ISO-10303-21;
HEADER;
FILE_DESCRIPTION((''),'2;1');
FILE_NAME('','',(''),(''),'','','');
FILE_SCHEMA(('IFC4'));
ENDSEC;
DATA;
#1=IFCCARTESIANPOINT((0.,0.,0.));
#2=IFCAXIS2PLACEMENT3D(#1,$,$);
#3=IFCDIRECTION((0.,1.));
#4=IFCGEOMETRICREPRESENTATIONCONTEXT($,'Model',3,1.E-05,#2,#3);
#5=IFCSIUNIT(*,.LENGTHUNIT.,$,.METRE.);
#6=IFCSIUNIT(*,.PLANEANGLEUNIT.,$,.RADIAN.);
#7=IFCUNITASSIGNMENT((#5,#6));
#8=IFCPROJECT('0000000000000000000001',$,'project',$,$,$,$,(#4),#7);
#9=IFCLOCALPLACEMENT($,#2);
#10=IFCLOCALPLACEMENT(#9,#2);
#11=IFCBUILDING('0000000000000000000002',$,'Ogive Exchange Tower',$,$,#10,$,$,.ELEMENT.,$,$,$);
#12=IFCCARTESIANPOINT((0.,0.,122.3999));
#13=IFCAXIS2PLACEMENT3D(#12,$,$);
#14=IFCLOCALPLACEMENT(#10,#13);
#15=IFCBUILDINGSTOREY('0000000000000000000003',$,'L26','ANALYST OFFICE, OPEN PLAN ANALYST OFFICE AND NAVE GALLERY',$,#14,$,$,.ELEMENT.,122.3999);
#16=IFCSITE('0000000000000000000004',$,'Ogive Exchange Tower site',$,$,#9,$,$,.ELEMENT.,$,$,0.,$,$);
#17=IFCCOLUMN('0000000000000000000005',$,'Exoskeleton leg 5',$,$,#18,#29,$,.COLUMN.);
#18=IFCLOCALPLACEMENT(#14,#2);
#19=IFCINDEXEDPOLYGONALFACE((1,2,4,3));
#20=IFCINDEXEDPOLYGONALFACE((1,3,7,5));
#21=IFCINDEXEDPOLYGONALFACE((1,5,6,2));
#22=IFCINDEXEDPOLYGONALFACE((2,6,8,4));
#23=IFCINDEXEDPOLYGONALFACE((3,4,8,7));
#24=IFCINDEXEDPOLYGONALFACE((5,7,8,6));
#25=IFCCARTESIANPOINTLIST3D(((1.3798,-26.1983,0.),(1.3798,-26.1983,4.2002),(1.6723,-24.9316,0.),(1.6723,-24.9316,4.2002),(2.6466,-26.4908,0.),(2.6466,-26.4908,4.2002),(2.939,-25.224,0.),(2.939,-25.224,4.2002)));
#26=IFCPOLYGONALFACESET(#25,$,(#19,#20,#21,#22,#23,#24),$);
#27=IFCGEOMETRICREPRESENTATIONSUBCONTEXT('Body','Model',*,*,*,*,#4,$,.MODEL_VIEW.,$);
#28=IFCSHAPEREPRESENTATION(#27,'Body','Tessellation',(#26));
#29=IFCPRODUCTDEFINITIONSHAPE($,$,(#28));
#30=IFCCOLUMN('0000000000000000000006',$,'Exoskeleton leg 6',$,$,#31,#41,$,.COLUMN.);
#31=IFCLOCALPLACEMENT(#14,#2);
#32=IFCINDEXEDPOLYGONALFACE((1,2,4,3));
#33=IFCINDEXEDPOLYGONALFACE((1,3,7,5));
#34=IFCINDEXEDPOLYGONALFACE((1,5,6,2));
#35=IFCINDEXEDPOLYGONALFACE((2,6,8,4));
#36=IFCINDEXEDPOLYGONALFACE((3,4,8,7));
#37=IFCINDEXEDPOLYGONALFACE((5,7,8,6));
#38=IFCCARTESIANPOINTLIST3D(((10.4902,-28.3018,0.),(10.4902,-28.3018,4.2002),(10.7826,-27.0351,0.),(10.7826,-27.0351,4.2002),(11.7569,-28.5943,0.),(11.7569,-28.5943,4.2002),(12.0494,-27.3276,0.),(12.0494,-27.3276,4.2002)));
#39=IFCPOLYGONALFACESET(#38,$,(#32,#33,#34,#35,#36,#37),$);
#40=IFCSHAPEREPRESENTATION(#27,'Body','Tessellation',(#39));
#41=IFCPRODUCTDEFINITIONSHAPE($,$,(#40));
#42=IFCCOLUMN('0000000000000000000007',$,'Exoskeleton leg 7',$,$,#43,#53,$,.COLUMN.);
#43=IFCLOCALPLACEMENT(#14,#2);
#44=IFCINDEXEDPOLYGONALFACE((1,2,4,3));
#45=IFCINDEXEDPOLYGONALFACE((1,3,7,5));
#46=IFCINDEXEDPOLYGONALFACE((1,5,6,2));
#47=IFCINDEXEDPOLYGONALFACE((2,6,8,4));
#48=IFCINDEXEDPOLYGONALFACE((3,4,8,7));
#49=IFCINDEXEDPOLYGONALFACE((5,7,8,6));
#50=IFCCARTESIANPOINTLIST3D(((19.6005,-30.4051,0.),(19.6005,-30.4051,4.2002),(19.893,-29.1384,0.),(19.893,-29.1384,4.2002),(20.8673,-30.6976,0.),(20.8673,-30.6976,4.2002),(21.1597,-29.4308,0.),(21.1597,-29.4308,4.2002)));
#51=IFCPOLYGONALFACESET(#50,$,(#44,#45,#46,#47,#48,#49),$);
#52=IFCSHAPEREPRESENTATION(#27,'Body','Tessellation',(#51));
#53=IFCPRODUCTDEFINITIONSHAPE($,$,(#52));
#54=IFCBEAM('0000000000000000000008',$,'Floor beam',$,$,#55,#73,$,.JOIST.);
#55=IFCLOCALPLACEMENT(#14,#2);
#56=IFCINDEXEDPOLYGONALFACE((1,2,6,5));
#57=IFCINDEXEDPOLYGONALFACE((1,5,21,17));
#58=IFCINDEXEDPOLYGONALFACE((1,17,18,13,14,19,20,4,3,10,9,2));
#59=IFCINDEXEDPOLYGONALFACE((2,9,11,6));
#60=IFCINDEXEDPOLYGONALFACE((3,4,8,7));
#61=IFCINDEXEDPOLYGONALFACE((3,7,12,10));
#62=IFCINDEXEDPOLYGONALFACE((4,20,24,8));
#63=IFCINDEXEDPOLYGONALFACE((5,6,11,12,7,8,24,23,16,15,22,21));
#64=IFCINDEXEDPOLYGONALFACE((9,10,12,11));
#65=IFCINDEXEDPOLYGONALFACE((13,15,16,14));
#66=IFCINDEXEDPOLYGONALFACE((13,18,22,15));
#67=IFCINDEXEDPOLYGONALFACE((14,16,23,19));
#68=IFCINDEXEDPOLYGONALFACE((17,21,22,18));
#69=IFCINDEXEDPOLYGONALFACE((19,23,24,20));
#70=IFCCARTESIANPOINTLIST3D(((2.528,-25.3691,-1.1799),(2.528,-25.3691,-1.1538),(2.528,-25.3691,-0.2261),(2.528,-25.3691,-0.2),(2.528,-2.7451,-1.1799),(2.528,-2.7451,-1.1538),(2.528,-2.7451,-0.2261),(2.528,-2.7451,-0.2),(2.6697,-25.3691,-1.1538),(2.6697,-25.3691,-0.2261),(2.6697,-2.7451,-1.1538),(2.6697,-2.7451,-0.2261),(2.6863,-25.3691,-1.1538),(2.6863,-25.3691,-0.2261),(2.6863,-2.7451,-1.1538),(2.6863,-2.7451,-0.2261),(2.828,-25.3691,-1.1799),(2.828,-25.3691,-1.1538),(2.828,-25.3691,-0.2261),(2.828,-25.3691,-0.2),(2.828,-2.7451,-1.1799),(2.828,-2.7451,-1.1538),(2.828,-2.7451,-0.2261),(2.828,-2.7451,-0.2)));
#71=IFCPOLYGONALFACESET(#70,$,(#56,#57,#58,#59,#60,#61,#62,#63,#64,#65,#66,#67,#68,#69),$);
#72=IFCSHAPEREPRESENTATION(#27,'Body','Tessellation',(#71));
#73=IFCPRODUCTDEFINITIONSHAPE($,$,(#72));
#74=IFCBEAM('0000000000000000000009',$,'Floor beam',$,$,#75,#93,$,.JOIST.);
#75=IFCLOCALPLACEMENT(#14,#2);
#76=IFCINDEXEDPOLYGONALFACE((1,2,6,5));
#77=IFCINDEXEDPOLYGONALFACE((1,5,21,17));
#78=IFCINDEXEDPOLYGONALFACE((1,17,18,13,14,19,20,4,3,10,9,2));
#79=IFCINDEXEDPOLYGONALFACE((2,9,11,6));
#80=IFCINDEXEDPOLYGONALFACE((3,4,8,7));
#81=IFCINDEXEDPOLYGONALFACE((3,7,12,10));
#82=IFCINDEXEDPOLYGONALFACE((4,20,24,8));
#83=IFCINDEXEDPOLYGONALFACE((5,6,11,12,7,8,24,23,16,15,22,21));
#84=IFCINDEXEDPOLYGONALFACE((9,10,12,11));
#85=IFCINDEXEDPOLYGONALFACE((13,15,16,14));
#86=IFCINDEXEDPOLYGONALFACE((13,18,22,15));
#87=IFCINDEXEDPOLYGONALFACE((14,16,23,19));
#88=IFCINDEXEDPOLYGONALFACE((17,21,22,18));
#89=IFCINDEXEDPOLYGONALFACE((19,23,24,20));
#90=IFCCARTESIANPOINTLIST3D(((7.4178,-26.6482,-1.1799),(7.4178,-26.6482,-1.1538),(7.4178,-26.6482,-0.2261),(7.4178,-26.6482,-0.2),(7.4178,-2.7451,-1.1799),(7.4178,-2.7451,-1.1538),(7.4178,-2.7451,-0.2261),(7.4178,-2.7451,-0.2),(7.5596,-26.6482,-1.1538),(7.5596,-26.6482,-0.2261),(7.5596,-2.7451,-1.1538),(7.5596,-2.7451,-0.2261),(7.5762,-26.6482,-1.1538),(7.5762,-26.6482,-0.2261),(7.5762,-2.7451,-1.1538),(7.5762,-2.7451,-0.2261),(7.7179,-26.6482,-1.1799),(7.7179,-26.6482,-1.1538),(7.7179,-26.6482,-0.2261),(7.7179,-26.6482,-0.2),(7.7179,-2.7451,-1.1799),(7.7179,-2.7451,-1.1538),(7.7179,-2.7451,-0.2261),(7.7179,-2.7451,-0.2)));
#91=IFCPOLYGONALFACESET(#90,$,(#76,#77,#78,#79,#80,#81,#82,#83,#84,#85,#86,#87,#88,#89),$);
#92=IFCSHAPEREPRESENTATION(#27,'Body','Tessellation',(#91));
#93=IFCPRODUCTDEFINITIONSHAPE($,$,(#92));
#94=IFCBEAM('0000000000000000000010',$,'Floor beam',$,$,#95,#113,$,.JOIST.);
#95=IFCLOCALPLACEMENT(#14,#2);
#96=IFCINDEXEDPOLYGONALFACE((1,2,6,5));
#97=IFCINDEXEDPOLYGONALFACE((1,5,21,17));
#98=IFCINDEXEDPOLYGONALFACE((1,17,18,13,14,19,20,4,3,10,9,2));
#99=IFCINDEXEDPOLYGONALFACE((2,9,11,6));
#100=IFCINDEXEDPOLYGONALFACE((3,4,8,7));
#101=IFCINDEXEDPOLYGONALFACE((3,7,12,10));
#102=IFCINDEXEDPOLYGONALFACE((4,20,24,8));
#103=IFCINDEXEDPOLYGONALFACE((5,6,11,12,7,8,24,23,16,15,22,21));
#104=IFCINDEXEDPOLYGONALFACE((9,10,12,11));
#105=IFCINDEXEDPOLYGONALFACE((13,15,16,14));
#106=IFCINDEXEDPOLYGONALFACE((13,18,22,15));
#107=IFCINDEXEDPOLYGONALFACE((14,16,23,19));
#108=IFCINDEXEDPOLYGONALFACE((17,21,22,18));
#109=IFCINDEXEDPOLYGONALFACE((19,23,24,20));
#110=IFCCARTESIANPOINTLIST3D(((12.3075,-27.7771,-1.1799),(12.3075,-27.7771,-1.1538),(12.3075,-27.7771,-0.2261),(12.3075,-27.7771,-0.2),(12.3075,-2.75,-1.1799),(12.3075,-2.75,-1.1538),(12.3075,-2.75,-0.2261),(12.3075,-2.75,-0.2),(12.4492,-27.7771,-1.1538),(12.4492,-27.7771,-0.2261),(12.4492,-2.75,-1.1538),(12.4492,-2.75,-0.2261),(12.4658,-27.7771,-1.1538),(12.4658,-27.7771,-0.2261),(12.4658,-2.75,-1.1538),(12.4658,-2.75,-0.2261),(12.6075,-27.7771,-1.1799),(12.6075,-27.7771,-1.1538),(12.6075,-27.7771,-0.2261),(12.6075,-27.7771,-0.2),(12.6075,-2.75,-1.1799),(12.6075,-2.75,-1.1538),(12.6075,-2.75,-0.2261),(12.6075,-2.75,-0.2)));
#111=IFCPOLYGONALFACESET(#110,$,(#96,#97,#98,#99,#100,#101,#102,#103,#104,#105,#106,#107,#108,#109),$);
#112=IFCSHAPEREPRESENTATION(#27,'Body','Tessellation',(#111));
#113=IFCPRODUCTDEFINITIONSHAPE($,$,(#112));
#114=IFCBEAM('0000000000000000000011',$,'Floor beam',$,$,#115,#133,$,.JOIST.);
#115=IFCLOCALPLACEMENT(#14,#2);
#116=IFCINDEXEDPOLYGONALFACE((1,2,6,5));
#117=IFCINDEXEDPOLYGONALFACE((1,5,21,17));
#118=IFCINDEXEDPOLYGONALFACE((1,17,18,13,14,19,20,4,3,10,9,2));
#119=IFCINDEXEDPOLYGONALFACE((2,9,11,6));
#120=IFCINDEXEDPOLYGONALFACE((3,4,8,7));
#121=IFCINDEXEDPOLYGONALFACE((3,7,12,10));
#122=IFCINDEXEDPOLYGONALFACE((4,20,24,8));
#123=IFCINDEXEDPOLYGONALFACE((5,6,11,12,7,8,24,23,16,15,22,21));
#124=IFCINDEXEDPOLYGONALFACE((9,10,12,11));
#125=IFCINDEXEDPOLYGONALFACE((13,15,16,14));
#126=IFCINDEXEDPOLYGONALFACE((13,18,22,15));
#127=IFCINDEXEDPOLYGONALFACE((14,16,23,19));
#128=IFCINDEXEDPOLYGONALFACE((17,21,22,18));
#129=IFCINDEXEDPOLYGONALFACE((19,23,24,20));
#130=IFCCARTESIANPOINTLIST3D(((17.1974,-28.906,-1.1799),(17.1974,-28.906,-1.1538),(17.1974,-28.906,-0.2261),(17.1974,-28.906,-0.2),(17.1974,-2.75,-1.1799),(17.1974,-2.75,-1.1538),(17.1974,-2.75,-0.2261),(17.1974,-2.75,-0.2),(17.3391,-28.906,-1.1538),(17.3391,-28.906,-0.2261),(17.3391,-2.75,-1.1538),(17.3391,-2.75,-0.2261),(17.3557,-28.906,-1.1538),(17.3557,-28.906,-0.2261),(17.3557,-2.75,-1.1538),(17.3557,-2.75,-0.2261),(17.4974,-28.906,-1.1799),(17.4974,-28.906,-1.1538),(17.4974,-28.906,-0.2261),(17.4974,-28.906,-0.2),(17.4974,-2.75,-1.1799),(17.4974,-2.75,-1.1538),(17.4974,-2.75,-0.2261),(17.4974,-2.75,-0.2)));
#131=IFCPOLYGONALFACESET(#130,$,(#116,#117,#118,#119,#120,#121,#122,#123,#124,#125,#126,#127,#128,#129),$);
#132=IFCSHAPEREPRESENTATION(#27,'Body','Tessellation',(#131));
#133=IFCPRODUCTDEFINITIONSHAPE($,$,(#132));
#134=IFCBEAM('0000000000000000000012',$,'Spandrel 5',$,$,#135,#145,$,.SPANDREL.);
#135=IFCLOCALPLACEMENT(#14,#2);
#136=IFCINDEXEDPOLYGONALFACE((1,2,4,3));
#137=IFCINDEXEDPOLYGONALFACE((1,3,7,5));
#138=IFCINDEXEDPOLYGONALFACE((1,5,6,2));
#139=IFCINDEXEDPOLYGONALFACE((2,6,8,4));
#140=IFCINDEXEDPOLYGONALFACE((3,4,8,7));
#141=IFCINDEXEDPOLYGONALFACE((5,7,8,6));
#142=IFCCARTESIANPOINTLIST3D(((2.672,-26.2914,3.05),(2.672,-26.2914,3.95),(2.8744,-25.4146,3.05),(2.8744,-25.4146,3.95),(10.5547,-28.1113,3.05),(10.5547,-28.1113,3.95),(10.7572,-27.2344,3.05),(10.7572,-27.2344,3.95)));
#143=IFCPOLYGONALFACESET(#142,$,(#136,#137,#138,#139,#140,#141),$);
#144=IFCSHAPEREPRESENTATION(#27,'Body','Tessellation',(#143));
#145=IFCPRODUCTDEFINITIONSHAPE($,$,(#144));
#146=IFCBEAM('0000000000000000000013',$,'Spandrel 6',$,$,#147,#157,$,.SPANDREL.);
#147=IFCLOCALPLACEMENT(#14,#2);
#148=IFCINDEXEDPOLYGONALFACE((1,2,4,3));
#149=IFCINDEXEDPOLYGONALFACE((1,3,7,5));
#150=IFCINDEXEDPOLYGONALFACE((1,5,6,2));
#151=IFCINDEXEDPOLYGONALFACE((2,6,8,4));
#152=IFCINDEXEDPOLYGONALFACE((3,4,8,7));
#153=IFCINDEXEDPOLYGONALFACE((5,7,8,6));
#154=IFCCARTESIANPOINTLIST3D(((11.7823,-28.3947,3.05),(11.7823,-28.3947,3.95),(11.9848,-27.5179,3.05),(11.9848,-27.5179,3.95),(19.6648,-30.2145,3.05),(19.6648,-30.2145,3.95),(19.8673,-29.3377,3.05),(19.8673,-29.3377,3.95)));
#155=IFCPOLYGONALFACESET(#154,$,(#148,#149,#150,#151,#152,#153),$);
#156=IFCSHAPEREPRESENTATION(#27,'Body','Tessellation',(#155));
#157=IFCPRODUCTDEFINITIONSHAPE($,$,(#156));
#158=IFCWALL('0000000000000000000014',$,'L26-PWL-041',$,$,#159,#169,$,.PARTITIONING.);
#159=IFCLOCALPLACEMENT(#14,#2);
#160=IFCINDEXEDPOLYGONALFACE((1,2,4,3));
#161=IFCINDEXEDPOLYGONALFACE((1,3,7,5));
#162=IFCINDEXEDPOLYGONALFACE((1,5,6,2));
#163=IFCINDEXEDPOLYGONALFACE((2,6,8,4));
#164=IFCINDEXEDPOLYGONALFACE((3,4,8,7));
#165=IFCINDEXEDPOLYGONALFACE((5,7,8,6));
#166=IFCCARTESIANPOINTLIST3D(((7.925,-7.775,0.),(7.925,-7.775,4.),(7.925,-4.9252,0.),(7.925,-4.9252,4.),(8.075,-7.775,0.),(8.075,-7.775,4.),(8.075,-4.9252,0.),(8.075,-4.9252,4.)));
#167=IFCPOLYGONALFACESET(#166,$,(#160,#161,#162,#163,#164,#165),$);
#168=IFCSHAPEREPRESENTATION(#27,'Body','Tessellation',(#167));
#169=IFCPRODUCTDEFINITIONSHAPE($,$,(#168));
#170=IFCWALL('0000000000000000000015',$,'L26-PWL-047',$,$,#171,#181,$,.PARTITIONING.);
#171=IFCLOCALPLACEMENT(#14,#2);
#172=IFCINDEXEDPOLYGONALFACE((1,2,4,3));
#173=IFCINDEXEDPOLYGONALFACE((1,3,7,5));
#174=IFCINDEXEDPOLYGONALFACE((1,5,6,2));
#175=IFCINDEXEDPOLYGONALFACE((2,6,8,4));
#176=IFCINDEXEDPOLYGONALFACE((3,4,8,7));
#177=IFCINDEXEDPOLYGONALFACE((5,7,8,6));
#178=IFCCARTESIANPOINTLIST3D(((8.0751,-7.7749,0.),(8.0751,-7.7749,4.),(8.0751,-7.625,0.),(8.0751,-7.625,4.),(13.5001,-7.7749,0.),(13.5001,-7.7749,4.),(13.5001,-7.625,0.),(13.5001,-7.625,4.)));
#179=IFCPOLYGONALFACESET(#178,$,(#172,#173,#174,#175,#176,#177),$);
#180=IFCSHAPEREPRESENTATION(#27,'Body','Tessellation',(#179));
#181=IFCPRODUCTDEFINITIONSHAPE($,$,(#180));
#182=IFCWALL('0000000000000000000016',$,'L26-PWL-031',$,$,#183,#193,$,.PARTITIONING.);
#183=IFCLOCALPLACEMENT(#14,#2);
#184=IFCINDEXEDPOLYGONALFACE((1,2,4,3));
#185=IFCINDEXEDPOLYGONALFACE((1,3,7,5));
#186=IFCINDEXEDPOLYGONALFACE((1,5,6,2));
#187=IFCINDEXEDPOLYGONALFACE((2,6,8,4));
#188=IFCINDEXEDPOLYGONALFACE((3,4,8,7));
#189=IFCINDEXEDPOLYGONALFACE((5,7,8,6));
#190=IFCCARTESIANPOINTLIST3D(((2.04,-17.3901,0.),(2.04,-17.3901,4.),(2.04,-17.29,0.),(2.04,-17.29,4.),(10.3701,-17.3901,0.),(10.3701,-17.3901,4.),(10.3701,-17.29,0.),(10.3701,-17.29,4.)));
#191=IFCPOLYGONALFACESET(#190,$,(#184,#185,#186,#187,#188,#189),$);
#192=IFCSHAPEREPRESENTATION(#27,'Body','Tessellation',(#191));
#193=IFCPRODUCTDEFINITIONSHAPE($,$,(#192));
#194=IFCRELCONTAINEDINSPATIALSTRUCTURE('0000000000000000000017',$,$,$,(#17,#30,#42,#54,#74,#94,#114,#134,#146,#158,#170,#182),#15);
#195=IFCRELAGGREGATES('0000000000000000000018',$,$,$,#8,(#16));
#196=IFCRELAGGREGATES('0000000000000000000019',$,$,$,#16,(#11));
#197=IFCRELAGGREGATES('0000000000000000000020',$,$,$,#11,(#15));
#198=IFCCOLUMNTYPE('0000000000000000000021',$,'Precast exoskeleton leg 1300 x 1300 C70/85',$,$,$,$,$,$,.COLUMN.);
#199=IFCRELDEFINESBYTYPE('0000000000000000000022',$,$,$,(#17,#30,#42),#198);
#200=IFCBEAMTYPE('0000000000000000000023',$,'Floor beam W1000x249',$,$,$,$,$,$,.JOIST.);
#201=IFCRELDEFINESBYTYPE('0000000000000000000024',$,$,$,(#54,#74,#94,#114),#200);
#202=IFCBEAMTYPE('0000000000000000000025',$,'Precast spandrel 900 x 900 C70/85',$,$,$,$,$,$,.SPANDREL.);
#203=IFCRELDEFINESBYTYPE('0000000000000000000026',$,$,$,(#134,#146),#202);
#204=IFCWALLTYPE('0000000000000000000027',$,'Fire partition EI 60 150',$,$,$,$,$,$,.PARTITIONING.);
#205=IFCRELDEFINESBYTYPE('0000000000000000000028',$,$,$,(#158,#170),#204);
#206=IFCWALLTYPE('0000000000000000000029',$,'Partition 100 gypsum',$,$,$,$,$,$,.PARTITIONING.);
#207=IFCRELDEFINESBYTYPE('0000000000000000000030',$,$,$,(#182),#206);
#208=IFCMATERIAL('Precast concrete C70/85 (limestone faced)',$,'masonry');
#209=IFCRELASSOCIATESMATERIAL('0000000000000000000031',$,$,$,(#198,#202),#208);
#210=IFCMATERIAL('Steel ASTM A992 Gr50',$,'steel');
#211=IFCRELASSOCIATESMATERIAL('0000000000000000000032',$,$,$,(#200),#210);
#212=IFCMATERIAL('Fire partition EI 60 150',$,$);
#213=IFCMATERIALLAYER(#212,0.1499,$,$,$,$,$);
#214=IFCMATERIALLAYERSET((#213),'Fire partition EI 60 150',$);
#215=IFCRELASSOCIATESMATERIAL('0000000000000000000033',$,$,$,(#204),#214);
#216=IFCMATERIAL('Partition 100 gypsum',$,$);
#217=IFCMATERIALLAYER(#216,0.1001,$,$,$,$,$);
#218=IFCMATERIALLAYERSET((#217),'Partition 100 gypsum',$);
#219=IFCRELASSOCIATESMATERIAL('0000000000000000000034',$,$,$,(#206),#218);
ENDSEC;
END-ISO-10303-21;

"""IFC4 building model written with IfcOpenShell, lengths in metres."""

from ifc_helpers import new_model, si_unit, direction, frame, frame_2d, origin, origin_2d, place, context, subcontext, project, spatial, rectangle, i_section, extrude, material, layer, layer_set, material_profile, profile_set, type_object, element, save


model = new_model("IFC4")

# Units and contexts
model_context = context("Model", 3, precision=1e-05, world=origin(), true_north=direction((0.0, 1.0)))
body_context = subcontext(model_context, "Body", "Model", "MODEL_VIEW")
ifc_project = project(units=[si_unit("LENGTHUNIT", "METRE"), si_unit("PLANEANGLEUNIT", "RADIAN")], contexts=[model_context])

# Site, building, storey
site_placement = place(None, origin())
site = spatial("IfcSite", under=ifc_project, at=site_placement, Name="Ogive Exchange Tower site", CompositionType="ELEMENT", RefElevation=0.0)
building_placement = place(site_placement, origin())
building = spatial("IfcBuilding", under=site, at=building_placement, Name="Ogive Exchange Tower", CompositionType="ELEMENT")
storey_placement = place(building_placement, frame((0.0, 0.0, 122.3999)))
storey = spatial("IfcBuildingStorey", under=building, at=storey_placement, Name="L26", Description="ANALYST OFFICE, OPEN PLAN ANALYST OFFICE AND NAVE GALLERY", CompositionType="ELEMENT", Elevation=122.3999)

# Columns
ifc_material_1 = material(Name="Precast concrete C70/85 (limestone faced)", Category="masonry")
ifc_material_profile_1 = material_profile(ifc_material_1, rectangle(XDim=1.3, YDim=1.3, at=origin_2d()), Name="1300 x 1300")
ifc_profile_set_1 = profile_set([ifc_material_profile_1], Name="Precast concrete C70/85 (limestone faced)")
column_type = type_object("IfcColumnType", Name="Precast exoskeleton leg 1300 x 1300 C70/85", PredefinedType="COLUMN", material=ifc_profile_set_1)
for number, where, z_axis, x_axis, name in (
    (1, (2.1594, -25.7112, 0.0), (0.0, 0.0, 1.0), (0.97437, -0.224951, 0.0), "Exoskeleton leg 5"),
    (2, (11.2698, -27.8147, 0.0), (0.0, 0.0, 1.0), (0.97437, -0.224951, 0.0), "Exoskeleton leg 6"),
    (3, (20.3801, -29.918, 0.0), (0.0, 0.0, 1.0), (0.97437, -0.224951, 0.0), "Exoskeleton leg 7"),
):
    element("IfcColumn", number, at=place(storey_placement, frame(where, z_axis=z_axis, x_axis=x_axis)), inside=storey, type_object=column_type, Name=name, PredefinedType="COLUMN", context=body_context, shape_type="SweptSolid", body=[
        extrude(rectangle(XDim=1.3, YDim=1.3, at=origin_2d()), origin(), (0.0, 0.0, 1.0), 4.2002),
    ])

# Beams
ifc_material_2 = material(Name="Steel ASTM A992 Gr50", Category="steel")
ifc_material_profile_2 = material_profile(ifc_material_2, i_section(OverallWidth=0.3, OverallDepth=0.98, WebThickness=0.0166, FlangeThickness=0.0261, at=origin_2d()), Name="W1000x249")
ifc_profile_set_2 = profile_set([ifc_material_profile_2], Name="Steel ASTM A992 Gr50")
beam_type_1 = type_object("IfcBeamType", Name="Floor beam W1000x249", PredefinedType="JOIST", material=ifc_profile_set_2)
beam_1_placement = place(storey_placement, frame((2.678, -25.3691, -0.6899), z_axis=(0.0, 1.0, 0.0), x_axis=(-1.0, 0.0, 0.0)))
element("IfcBeam", 4, at=beam_1_placement, inside=storey, type_object=beam_type_1, Name="Floor beam", PredefinedType="JOIST", context=body_context, shape_type="SweptSolid", body=[
    extrude(i_section(OverallWidth=0.3, OverallDepth=0.98, WebThickness=0.0166, FlangeThickness=0.0261, at=origin_2d()), origin(), (0.0, 0.0, 1.0), 22.624),
])
beam_2_placement = place(storey_placement, frame((7.5679, -26.6482, -0.6899), z_axis=(0.0, 1.0, 0.0), x_axis=(-1.0, 0.0, 0.0)))
element("IfcBeam", 5, at=beam_2_placement, inside=storey, type_object=beam_type_1, Name="Floor beam", PredefinedType="JOIST", context=body_context, shape_type="SweptSolid", body=[
    extrude(i_section(OverallWidth=0.3, OverallDepth=0.98, WebThickness=0.0166, FlangeThickness=0.0261, at=origin_2d()), origin(), (0.0, 0.0, 1.0), 23.9031),
])
beam_3_placement = place(storey_placement, frame((12.4575, -27.7771, -0.6899), z_axis=(0.0, 1.0, 0.0), x_axis=(-1.0, 0.0, 0.0)))
element("IfcBeam", 6, at=beam_3_placement, inside=storey, type_object=beam_type_1, Name="Floor beam", PredefinedType="JOIST", context=body_context, shape_type="SweptSolid", body=[
    extrude(i_section(OverallWidth=0.3, OverallDepth=0.98, WebThickness=0.0166, FlangeThickness=0.0261, at=origin_2d()), origin(), (0.0, 0.0, 1.0), 25.0271),
])
beam_4_placement = place(storey_placement, frame((17.3474, -28.906, -0.6899), z_axis=(0.0, 1.0, 0.0), x_axis=(-1.0, 0.0, 0.0)))
element("IfcBeam", 7, at=beam_4_placement, inside=storey, type_object=beam_type_1, Name="Floor beam", PredefinedType="JOIST", context=body_context, shape_type="SweptSolid", body=[
    extrude(i_section(OverallWidth=0.3, OverallDepth=0.98, WebThickness=0.0166, FlangeThickness=0.0261, at=origin_2d()), origin(), (0.0, 0.0, 1.0), 26.156),
])
ifc_material_profile_3 = material_profile(ifc_material_1, rectangle(XDim=0.8999, YDim=0.8999, at=origin_2d()), Name="900 x 900")
ifc_profile_set_3 = profile_set([ifc_material_profile_3], Name="Precast concrete C70/85 (limestone faced)")
beam_type_2 = type_object("IfcBeamType", Name="Precast spandrel 900 x 900 C70/85", PredefinedType="SPANDREL", material=ifc_profile_set_3)
beam_5_placement = place(storey_placement, frame((2.7732, -25.853, 3.5), z_axis=(0.974372, -0.224943, 0.0), x_axis=(0.224943, 0.974372, 0.0)))
element("IfcBeam", 8, at=beam_5_placement, inside=storey, type_object=beam_type_2, Name="Spandrel 5", PredefinedType="SPANDREL", context=body_context, shape_type="SweptSolid", body=[
    extrude(rectangle(XDim=0.8999, YDim=0.8999, at=origin_2d()), origin(), (0.0, 0.0, 1.0), 8.0901),
])
beam_6_placement = place(storey_placement, frame((11.8835, -27.9563, 3.5), z_axis=(0.97437, -0.22495, 0.0), x_axis=(0.22495, 0.97437, 0.0)))
element("IfcBeam", 9, at=beam_6_placement, inside=storey, type_object=beam_type_2, Name="Spandrel 6", PredefinedType="SPANDREL", context=body_context, shape_type="SweptSolid", body=[
    extrude(rectangle(XDim=0.8999, YDim=0.8999, at=origin_2d()), origin(), (0.0, 0.0, 1.0), 8.0898),
])

# Walls
ifc_material_3 = material(Name="Fire partition EI 60 150")
ifc_layer_1 = layer(ifc_material_3, 0.1499)
ifc_layer_set_1 = layer_set([ifc_layer_1], Name="Fire partition EI 60 150")
wall_type_1 = type_object("IfcWallType", Name="Fire partition EI 60 150", PredefinedType="PARTITIONING", material=ifc_layer_set_1)
wall_1_placement = place(storey_placement, frame((8.0, -7.7749, 0.0), z_axis=(0.0, 0.0, 1.0), x_axis=(0.0, 1.0, 0.0)))
element("IfcWall", 10, at=wall_1_placement, inside=storey, type_object=wall_type_1, Name="L26-PWL-041", PredefinedType="PARTITIONING", context=body_context, shape_type="SweptSolid", body=[
    extrude(rectangle(XDim=2.8499, YDim=0.1499, at=frame_2d((1.4248, 0.0))), origin(), (0.0, 0.0, 1.0), 4.0),
])
wall_2_placement = place(storey_placement, frame((13.5, -7.7, 0.0), z_axis=(0.0, 0.0, 1.0), x_axis=(-1.0, 0.0, 0.0)))
element("IfcWall", 11, at=wall_2_placement, inside=storey, type_object=wall_type_1, Name="L26-PWL-047", PredefinedType="PARTITIONING", context=body_context, shape_type="SweptSolid", body=[
    extrude(rectangle(XDim=5.425, YDim=0.1499, at=frame_2d((2.7124, 0.0))), origin(), (0.0, 0.0, 1.0), 4.0),
])
ifc_material_4 = material(Name="Partition 100 gypsum")
ifc_layer_2 = layer(ifc_material_4, 0.1001)
ifc_layer_set_2 = layer_set([ifc_layer_2], Name="Partition 100 gypsum")
wall_type_2 = type_object("IfcWallType", Name="Partition 100 gypsum", PredefinedType="PARTITIONING", material=ifc_layer_set_2)
wall_3_placement = place(storey_placement, frame((2.04, -17.3401, 0.0), z_axis=(0.0, 0.0, 1.0), x_axis=(1.0, 0.0, 0.0)))
element("IfcWall", 12, at=wall_3_placement, inside=storey, type_object=wall_type_2, Name="L26-PWL-031", PredefinedType="PARTITIONING", context=body_context, shape_type="SweptSolid", body=[
    extrude(rectangle(XDim=8.3301, YDim=0.1001, at=frame_2d((4.165, 0.0))), origin(), (0.0, 0.0, 1.0), 4.0),
])

save(model, "model.ifc")
